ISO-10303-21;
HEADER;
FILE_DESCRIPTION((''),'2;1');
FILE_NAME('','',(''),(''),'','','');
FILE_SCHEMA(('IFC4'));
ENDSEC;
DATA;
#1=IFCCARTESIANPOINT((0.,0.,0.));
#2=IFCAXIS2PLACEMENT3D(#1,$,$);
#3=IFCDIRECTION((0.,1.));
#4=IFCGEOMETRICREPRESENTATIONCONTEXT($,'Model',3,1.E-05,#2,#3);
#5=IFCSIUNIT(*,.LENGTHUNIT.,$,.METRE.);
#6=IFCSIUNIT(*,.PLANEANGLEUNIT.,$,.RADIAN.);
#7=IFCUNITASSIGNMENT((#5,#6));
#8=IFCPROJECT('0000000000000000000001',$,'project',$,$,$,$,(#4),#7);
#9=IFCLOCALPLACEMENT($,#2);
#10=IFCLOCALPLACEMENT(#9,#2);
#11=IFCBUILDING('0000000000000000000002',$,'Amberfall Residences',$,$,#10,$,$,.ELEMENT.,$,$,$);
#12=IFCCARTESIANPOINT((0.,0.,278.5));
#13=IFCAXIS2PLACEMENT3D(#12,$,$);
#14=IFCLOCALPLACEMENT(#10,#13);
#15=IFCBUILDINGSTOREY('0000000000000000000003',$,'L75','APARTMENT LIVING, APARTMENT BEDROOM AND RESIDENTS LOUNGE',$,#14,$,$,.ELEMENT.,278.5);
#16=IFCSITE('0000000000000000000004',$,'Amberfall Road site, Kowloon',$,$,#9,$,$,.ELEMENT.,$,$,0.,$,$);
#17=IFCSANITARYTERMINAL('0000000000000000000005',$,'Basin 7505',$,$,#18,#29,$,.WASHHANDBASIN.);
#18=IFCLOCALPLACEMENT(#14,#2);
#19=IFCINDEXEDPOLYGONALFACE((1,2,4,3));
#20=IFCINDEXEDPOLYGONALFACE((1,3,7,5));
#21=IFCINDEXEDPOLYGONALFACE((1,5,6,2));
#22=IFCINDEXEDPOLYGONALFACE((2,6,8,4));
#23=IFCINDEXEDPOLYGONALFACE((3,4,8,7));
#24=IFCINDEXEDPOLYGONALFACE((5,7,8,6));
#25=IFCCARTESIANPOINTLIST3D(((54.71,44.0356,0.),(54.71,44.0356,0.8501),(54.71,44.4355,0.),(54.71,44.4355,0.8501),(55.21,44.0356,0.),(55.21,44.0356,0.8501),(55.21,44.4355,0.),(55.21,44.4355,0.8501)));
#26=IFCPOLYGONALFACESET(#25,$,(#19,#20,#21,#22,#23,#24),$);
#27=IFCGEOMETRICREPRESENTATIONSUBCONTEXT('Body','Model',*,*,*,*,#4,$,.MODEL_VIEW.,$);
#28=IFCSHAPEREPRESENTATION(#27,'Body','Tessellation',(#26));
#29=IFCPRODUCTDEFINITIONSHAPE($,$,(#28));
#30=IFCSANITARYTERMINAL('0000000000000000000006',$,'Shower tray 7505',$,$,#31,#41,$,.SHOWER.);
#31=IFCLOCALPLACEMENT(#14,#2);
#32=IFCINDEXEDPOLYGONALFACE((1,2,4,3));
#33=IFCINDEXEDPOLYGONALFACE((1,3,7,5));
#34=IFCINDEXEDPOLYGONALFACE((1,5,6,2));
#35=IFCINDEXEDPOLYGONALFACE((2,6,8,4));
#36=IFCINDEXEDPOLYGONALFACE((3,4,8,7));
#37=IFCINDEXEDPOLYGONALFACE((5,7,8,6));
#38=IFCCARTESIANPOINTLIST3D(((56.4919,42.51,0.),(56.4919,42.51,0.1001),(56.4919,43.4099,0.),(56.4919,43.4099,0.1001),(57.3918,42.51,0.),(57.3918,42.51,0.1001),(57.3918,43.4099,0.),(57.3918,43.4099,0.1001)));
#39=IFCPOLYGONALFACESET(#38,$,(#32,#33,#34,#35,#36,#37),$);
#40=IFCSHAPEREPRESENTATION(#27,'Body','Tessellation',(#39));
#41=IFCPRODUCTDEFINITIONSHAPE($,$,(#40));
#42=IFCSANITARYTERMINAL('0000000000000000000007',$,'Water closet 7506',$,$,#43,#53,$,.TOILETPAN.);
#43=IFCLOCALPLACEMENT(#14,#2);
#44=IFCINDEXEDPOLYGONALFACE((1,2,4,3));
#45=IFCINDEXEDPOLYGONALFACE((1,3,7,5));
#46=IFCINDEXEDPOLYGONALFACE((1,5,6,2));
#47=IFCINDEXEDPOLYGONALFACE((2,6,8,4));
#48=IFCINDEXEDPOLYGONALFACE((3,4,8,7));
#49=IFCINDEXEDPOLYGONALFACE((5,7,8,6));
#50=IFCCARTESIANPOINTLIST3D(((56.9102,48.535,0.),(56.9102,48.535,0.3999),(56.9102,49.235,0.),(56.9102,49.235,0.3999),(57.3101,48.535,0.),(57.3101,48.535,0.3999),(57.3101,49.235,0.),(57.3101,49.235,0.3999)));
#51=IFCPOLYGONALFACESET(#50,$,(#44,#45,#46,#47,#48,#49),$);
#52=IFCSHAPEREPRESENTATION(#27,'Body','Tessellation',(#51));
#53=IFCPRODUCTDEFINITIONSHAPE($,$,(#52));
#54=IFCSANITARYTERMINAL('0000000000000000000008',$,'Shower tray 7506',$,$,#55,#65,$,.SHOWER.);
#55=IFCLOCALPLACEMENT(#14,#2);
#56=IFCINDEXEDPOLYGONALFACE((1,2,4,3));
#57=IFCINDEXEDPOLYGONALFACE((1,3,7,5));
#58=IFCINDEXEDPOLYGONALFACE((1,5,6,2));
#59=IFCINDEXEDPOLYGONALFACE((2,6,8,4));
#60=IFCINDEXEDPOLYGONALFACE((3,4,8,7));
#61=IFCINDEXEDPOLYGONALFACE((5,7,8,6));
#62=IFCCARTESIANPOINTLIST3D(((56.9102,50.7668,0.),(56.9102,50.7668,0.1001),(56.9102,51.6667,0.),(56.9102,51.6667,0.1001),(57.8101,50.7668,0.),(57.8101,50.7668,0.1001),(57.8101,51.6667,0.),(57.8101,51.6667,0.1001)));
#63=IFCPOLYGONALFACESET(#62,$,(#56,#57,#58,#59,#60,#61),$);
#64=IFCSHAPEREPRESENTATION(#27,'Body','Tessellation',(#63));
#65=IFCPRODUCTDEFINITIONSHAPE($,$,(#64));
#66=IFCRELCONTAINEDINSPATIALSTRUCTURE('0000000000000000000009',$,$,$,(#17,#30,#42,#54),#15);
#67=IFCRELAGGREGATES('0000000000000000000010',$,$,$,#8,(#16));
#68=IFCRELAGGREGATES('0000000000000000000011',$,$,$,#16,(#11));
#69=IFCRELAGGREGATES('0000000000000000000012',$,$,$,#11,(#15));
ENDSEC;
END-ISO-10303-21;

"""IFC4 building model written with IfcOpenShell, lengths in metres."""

from ifc_helpers import new_model, si_unit, direction, frame, origin, origin_2d, place, context, subcontext, project, spatial, rectangle, extrude, element, save


model = new_model("IFC4")

# Units and contexts
model_context = context("Model", 3, precision=1e-05, world=origin(), true_north=direction((0.0, 1.0)))
body_context = subcontext(model_context, "Body", "Model", "MODEL_VIEW")
ifc_project = project(units=[si_unit("LENGTHUNIT", "METRE"), si_unit("PLANEANGLEUNIT", "RADIAN")], contexts=[model_context])

# Site, building, storey
site_placement = place(None, origin())
site = spatial("IfcSite", under=ifc_project, at=site_placement, Name="Amberfall Road site, Kowloon", CompositionType="ELEMENT", RefElevation=0.0)
building_placement = place(site_placement, origin())
building = spatial("IfcBuilding", under=site, at=building_placement, Name="Amberfall Residences", CompositionType="ELEMENT")
storey_placement = place(building_placement, frame((0.0, 0.0, 278.5)))
storey = spatial("IfcBuildingStorey", under=building, at=storey_placement, Name="L75", Description="APARTMENT LIVING, APARTMENT BEDROOM AND RESIDENTS LOUNGE", CompositionType="ELEMENT", Elevation=278.5)

# Sanitary terminals
sanitary_terminal_1_placement = place(storey_placement, frame((54.96, 44.2356, 0.0), z_axis=(0.0, 0.0, 1.0), x_axis=(1.0, 0.0, 0.0)))
element("IfcSanitaryTerminal", 1, at=sanitary_terminal_1_placement, inside=storey, Name="Basin 7505", PredefinedType="WASHHANDBASIN", context=body_context, shape_type="SweptSolid", body=[
    extrude(rectangle(XDim=0.5, YDim=0.3999, at=origin_2d()), origin(), (0.0, 0.0, 1.0), 0.8501),
])
sanitary_terminal_2_placement = place(storey_placement, frame((56.9419, 42.96, 0.0), z_axis=(0.0, 0.0, 1.0), x_axis=(1.0, 0.0, 0.0)))
element("IfcSanitaryTerminal", 2, at=sanitary_terminal_2_placement, inside=storey, Name="Shower tray 7505", PredefinedType="SHOWER", context=body_context, shape_type="SweptSolid", body=[
    extrude(rectangle(XDim=0.8999, YDim=0.8999, at=origin_2d()), origin(), (0.0, 0.0, 1.0), 0.1001),
])
sanitary_terminal_3_placement = place(storey_placement, frame((57.1101, 48.885, 0.0), z_axis=(0.0, 0.0, 1.0), x_axis=(1.0, 0.0, 0.0)))
element("IfcSanitaryTerminal", 3, at=sanitary_terminal_3_placement, inside=storey, Name="Water closet 7506", PredefinedType="TOILETPAN", context=body_context, shape_type="SweptSolid", body=[
    extrude(rectangle(XDim=0.3999, YDim=0.7, at=origin_2d()), origin(), (0.0, 0.0, 1.0), 0.3999),
])
sanitary_terminal_4_placement = place(storey_placement, frame((57.3601, 51.2168, 0.0), z_axis=(0.0, 0.0, 1.0), x_axis=(1.0, 0.0, 0.0)))
element("IfcSanitaryTerminal", 4, at=sanitary_terminal_4_placement, inside=storey, Name="Shower tray 7506", PredefinedType="SHOWER", context=body_context, shape_type="SweptSolid", body=[
    extrude(rectangle(XDim=0.8999, YDim=0.8999, at=origin_2d()), origin(), (0.0, 0.0, 1.0), 0.1001),
])

save(model, "model.ifc")
